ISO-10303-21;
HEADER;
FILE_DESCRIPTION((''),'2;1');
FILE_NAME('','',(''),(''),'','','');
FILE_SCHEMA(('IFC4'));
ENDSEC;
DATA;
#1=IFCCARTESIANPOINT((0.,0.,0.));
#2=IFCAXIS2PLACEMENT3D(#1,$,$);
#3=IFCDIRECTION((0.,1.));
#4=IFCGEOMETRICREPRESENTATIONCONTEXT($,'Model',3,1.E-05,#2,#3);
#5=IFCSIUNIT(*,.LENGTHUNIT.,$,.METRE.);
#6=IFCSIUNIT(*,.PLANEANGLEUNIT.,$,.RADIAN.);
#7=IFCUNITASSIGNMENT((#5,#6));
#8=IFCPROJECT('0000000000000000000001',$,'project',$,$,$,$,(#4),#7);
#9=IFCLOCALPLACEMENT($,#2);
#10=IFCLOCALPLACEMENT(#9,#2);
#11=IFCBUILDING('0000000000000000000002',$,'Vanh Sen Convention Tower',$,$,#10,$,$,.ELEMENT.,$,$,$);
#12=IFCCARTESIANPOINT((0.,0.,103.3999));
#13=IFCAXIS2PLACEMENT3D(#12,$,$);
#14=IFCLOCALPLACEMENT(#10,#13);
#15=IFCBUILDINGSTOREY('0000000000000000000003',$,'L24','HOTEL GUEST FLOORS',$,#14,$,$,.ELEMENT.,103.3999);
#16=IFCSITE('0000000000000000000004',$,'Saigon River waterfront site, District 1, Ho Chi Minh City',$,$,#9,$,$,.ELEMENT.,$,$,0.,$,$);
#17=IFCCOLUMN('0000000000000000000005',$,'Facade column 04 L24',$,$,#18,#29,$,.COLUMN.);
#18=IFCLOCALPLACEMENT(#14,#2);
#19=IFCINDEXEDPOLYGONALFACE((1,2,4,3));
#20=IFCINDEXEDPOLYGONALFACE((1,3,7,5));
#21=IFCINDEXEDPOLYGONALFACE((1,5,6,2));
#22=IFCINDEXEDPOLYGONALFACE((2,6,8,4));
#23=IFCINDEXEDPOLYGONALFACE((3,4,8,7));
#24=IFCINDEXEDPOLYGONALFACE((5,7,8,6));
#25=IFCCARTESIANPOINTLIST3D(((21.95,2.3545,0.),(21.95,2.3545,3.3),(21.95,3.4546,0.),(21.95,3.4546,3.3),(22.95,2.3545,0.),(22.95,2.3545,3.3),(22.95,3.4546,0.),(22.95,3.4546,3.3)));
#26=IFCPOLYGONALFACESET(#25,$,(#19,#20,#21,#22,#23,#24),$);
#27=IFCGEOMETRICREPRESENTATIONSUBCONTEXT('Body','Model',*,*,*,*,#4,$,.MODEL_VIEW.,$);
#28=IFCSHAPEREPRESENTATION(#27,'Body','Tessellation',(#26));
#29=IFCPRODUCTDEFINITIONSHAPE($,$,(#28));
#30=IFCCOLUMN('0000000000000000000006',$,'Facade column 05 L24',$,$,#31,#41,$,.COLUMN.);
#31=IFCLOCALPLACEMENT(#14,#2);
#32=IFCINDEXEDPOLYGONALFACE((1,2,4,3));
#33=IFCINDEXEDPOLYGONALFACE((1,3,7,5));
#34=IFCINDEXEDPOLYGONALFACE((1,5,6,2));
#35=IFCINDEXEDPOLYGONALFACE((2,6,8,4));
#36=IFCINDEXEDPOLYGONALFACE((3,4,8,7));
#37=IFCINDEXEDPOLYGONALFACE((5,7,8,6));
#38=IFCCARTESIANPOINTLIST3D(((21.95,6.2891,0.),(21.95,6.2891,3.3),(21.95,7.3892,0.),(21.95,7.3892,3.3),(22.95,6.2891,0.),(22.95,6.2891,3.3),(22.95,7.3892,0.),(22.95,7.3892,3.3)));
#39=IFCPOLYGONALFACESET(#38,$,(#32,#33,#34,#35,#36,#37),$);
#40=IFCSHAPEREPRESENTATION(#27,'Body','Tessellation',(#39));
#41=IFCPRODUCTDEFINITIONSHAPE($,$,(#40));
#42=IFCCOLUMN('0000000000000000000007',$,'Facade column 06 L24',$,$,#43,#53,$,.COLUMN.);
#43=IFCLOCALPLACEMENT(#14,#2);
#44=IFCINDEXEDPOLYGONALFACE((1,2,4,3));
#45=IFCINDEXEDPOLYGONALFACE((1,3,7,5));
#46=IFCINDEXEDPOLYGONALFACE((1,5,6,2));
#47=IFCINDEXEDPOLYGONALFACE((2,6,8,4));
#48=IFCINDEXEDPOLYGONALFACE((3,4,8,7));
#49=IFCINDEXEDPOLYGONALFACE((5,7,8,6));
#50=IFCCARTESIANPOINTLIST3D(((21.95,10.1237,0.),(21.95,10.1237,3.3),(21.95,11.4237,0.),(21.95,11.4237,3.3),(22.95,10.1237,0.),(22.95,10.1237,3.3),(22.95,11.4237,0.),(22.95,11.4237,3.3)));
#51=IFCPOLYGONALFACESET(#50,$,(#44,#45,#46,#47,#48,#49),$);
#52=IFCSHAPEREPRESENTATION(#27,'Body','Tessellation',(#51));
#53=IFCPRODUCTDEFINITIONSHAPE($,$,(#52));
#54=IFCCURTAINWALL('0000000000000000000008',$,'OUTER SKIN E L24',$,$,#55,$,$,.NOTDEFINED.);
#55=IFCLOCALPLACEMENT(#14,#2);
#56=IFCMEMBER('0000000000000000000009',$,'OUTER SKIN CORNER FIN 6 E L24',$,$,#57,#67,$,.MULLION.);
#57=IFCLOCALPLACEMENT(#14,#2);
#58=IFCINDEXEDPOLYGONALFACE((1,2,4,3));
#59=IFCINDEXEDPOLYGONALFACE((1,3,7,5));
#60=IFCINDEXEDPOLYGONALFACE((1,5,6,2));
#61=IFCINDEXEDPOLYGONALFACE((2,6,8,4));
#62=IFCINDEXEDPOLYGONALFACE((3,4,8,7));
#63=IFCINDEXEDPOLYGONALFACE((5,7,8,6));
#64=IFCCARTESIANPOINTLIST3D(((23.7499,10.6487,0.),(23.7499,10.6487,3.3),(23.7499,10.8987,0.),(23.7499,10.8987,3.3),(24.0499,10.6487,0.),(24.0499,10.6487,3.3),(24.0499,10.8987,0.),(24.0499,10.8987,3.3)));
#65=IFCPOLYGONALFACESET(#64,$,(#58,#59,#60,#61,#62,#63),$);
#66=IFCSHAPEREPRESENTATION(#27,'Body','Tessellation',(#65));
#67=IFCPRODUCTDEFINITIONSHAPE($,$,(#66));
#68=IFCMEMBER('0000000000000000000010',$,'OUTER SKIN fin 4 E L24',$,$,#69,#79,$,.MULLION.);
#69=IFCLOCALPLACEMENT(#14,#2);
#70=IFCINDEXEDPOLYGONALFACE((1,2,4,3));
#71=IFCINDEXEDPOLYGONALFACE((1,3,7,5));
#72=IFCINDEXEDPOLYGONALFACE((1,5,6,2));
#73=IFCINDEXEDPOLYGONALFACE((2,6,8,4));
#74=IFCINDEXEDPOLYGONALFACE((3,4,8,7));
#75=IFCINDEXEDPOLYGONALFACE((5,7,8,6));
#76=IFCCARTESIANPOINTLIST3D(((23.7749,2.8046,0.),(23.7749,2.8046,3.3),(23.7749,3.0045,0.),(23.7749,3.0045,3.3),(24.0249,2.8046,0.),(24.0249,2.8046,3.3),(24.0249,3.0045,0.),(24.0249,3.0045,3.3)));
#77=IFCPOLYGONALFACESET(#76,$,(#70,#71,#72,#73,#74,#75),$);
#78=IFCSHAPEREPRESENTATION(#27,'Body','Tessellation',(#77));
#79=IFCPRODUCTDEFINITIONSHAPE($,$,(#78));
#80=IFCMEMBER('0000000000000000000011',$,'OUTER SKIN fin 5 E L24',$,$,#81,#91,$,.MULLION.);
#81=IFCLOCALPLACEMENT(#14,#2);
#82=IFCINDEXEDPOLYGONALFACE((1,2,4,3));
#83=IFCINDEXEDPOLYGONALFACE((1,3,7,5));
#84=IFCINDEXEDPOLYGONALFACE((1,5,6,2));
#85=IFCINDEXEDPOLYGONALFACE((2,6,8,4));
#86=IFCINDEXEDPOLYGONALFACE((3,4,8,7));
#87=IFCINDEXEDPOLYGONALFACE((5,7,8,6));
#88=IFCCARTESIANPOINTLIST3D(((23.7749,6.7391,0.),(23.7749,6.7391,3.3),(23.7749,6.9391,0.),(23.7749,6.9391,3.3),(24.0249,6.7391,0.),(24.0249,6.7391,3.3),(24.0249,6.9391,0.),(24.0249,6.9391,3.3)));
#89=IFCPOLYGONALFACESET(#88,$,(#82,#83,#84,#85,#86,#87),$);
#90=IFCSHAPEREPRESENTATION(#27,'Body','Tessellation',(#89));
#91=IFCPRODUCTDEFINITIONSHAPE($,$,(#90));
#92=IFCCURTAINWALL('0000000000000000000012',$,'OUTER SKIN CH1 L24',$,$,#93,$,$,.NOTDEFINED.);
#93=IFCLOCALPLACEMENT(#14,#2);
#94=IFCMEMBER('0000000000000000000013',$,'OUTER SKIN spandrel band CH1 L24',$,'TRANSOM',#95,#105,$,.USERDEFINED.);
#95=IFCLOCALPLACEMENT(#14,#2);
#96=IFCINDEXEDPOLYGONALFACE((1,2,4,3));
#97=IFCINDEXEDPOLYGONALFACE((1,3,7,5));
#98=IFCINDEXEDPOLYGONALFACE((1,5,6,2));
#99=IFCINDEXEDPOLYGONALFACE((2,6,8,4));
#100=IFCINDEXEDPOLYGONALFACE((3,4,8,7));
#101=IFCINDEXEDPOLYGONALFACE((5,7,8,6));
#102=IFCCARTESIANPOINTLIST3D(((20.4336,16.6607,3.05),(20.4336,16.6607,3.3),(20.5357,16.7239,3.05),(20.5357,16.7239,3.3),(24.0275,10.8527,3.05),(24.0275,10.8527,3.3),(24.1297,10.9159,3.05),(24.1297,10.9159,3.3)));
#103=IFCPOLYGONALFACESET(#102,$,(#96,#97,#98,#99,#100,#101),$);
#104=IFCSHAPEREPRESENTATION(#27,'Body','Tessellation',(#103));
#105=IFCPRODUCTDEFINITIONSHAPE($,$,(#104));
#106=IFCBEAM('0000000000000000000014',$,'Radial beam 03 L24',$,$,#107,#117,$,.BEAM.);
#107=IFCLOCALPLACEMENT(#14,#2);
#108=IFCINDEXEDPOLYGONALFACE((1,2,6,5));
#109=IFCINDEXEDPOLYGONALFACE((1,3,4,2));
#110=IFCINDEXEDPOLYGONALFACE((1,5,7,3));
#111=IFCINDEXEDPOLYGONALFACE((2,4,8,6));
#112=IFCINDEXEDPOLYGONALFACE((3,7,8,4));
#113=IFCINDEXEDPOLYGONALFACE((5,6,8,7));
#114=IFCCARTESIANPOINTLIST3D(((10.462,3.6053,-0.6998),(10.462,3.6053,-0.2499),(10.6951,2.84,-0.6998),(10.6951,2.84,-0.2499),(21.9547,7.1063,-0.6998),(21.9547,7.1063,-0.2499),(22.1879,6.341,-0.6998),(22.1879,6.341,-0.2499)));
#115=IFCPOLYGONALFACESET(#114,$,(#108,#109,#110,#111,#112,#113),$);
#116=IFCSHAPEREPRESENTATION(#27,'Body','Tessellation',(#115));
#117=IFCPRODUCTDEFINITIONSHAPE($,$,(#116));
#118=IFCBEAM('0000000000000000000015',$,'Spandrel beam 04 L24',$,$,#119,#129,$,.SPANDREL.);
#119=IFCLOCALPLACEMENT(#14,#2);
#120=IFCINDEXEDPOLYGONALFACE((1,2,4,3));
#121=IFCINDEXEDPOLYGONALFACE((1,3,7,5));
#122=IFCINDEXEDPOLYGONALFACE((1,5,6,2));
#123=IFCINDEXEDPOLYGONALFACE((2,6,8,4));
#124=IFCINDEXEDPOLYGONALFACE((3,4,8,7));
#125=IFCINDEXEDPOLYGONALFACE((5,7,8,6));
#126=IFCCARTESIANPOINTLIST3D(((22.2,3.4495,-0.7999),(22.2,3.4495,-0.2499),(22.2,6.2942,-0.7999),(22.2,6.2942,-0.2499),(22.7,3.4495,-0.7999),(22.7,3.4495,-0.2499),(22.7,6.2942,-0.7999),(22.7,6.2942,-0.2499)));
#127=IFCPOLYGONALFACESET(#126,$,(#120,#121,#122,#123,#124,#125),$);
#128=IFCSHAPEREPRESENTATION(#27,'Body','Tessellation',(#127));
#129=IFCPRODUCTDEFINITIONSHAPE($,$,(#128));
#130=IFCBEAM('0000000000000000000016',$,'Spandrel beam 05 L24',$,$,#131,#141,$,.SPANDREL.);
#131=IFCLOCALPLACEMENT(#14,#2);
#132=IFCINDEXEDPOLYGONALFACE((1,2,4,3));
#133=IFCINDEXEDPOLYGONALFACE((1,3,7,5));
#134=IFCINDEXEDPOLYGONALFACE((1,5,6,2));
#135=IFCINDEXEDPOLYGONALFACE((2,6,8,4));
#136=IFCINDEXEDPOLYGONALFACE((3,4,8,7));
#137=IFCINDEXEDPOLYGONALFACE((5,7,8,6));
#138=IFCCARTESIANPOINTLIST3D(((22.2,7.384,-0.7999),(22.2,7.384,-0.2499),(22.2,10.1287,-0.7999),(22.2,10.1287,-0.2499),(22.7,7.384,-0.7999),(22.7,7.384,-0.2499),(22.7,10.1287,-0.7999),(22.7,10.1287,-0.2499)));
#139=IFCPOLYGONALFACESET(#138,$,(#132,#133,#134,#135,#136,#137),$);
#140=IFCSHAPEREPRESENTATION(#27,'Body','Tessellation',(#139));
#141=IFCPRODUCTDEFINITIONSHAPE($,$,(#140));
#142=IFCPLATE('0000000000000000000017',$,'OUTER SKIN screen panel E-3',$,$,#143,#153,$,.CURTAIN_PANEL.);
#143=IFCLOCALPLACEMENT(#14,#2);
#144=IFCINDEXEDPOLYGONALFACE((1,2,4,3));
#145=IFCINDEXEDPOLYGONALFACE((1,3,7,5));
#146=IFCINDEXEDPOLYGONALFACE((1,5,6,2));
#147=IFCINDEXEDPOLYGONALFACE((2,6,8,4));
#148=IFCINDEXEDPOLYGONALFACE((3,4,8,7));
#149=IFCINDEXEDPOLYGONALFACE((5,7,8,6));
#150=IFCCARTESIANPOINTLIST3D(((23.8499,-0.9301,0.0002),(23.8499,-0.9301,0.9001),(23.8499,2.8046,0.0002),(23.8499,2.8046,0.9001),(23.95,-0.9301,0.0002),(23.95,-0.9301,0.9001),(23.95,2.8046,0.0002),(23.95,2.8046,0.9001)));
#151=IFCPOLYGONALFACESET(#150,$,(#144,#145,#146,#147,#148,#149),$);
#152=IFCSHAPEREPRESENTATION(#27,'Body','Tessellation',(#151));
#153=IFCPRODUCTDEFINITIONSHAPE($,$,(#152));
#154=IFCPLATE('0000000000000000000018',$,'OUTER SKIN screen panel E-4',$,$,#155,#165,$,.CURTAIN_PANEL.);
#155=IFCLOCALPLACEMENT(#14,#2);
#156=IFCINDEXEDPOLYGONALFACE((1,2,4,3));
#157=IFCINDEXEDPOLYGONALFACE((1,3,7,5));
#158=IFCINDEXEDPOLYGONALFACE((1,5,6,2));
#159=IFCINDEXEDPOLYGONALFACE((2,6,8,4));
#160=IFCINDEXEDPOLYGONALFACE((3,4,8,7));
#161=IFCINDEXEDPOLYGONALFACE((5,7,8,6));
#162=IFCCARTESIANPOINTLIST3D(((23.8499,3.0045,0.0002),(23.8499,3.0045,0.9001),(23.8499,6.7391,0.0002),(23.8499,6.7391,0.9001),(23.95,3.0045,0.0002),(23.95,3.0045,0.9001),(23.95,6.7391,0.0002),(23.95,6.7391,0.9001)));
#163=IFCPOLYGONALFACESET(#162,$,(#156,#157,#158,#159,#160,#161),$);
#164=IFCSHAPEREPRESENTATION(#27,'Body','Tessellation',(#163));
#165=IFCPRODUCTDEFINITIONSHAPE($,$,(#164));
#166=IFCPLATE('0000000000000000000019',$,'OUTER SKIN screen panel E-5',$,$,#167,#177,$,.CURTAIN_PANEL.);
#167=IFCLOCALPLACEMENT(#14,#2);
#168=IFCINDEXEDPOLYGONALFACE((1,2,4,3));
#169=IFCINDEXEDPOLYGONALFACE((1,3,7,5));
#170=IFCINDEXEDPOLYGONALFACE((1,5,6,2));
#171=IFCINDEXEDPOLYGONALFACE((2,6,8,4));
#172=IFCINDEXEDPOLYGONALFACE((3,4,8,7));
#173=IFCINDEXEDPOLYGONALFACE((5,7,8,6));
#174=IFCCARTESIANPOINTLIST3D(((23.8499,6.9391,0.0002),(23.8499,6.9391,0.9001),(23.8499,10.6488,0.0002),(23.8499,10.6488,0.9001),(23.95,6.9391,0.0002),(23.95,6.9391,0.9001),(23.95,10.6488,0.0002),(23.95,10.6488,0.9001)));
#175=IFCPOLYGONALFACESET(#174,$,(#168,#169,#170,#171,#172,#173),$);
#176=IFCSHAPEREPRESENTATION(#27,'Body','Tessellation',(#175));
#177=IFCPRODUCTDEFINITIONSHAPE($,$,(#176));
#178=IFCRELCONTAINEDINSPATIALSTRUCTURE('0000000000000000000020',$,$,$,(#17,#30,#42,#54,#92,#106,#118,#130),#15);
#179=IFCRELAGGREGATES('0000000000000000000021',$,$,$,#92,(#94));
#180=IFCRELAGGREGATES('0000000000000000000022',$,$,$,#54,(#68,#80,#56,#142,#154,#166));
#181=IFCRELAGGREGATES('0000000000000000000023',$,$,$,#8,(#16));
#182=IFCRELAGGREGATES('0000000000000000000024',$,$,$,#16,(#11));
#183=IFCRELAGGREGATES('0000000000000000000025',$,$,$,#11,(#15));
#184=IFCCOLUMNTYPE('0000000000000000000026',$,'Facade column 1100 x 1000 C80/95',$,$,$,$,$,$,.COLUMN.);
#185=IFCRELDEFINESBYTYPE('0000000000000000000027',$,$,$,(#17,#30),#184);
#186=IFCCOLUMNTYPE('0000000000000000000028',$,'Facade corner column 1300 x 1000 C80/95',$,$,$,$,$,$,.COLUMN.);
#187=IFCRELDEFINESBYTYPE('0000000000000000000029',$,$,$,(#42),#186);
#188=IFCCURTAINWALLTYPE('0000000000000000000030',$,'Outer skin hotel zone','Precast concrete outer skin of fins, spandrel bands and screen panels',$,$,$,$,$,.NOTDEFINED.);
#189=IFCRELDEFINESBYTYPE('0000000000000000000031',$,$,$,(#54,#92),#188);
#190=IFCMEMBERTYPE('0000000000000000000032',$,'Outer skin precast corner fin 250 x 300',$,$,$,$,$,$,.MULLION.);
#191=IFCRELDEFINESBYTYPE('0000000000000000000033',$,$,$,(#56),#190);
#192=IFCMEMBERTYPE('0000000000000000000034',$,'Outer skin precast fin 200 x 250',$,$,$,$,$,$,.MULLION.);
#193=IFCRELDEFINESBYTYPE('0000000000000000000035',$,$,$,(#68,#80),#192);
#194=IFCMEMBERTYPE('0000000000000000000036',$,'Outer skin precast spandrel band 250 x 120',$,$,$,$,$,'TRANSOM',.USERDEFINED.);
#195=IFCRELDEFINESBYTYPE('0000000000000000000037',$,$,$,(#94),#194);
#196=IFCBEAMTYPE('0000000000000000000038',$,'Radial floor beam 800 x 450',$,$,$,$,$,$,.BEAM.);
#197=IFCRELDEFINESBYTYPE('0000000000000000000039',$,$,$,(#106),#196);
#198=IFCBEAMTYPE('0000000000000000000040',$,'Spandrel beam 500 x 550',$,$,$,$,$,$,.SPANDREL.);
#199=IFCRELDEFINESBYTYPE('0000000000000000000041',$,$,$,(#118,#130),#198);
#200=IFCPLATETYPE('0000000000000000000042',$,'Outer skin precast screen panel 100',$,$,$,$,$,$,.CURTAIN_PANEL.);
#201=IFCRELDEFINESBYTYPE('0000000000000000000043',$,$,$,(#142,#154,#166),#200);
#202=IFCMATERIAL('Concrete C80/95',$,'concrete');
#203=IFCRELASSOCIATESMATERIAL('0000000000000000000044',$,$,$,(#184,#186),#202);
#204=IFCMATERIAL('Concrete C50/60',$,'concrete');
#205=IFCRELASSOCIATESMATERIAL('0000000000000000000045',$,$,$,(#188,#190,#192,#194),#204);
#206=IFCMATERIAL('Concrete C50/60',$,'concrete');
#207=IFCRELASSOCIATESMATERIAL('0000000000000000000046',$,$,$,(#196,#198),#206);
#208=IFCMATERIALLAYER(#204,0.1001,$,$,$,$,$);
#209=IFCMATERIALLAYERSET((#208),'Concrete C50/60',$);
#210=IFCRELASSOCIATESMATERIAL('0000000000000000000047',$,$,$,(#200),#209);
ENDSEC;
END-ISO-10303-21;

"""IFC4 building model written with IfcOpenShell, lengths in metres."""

from ifc_helpers import new_model, si_unit, direction, frame, origin, origin_2d, place, context, subcontext, project, spatial, rectangle, extrude, material, layer, layer_set, material_profile, profile_set, type_object, element, aggregate, save


model = new_model("IFC4")

# Units and contexts
model_context = context("Model", 3, precision=1e-05, world=origin(), true_north=direction((0.0, 1.0)))
body_context = subcontext(model_context, "Body", "Model", "MODEL_VIEW")
ifc_project = project(units=[si_unit("LENGTHUNIT", "METRE"), si_unit("PLANEANGLEUNIT", "RADIAN")], contexts=[model_context])

# Site, building, storey
site_placement = place(None, origin())
site = spatial("IfcSite", under=ifc_project, at=site_placement, Name="Saigon River waterfront site, District 1, Ho Chi Minh City", CompositionType="ELEMENT", RefElevation=0.0)
building_placement = place(site_placement, origin())
building = spatial("IfcBuilding", under=site, at=building_placement, Name="Vanh Sen Convention Tower", CompositionType="ELEMENT")
storey_placement = place(building_placement, frame((0.0, 0.0, 103.3999)))
storey = spatial("IfcBuildingStorey", under=building, at=storey_placement, Name="L24", Description="HOTEL GUEST FLOORS", CompositionType="ELEMENT", Elevation=103.3999)

# Columns
ifc_material_1 = material(Name="Concrete C80/95", Category="concrete")
ifc_material_profile_1 = material_profile(ifc_material_1, rectangle(XDim=1.1001, YDim=1.0, at=origin_2d()), Name="RC 1100X1000")
ifc_profile_set_1 = profile_set([ifc_material_profile_1], Name="Concrete C80/95")
column_type_1 = type_object("IfcColumnType", Name="Facade column 1100 x 1000 C80/95", PredefinedType="COLUMN", material=ifc_profile_set_1)
for number, where, z_axis, x_axis, name in (
    (1, (22.45, 2.9045, 0.0), (0.0, 0.0, 1.0), (0.0, 1.0, 0.0), "Facade column 04 L24"),
    (2, (22.45, 6.8391, 0.0), (0.0, 0.0, 1.0), (0.0, 1.0, 0.0), "Facade column 05 L24"),
):
    element("IfcColumn", number, at=place(storey_placement, frame(where, z_axis=z_axis, x_axis=x_axis)), inside=storey, type_object=column_type_1, Name=name, PredefinedType="COLUMN", context=body_context, shape_type="SweptSolid", body=[
        extrude(rectangle(XDim=1.1001, YDim=1.0, at=origin_2d()), origin(), (0.0, 0.0, 1.0), 3.3),
    ])
ifc_material_profile_2 = material_profile(ifc_material_1, rectangle(XDim=1.3, YDim=1.0, at=origin_2d()), Name="RC 1300X1000")
ifc_profile_set_2 = profile_set([ifc_material_profile_2], Name="Concrete C80/95")
column_type_2 = type_object("IfcColumnType", Name="Facade corner column 1300 x 1000 C80/95", PredefinedType="COLUMN", material=ifc_profile_set_2)
column_placement = place(storey_placement, frame((22.45, 10.7737, 0.0), z_axis=(0.0, 0.0, 1.0), x_axis=(0.0, 1.0, 0.0)))
element("IfcColumn", 3, at=column_placement, inside=storey, type_object=column_type_2, Name="Facade column 06 L24", PredefinedType="COLUMN", context=body_context, shape_type="SweptSolid", body=[
    extrude(rectangle(XDim=1.3, YDim=1.0, at=origin_2d()), origin(), (0.0, 0.0, 1.0), 3.3),
])

# Curtain wall, members
ifc_material_2 = material(Name="Concrete C50/60", Category="concrete")
curtain_wall_type = type_object("IfcCurtainWallType", Name="Outer skin hotel zone", Description="Precast concrete outer skin of fins, spandrel bands and screen panels", PredefinedType="NOTDEFINED", material=ifc_material_2)
curtain_wall_1_placement = place(storey_placement, origin())
curtain_wall_1 = element("IfcCurtainWall", 4, at=curtain_wall_1_placement, inside=storey, type_object=curtain_wall_type, Name="OUTER SKIN E L24", PredefinedType="NOTDEFINED")
ifc_material_profile_3 = material_profile(ifc_material_2, rectangle(XDim=0.25, YDim=0.3, at=origin_2d()), Name="Outer skin precast corner fin 250 x 300")
ifc_profile_set_3 = profile_set([ifc_material_profile_3], Name="Concrete C50/60")
member_type_1 = type_object("IfcMemberType", Name="Outer skin precast corner fin 250 x 300", PredefinedType="MULLION", material=ifc_profile_set_3)
member_1_placement = place(storey_placement, frame((23.8999, 10.7737, 0.0), z_axis=(0.0, 0.0, 1.0), x_axis=(0.0, 1.0, 0.0)))
member_1 = element("IfcMember", 5, at=member_1_placement, type_object=member_type_1, Name="OUTER SKIN CORNER FIN 6 E L24", PredefinedType="MULLION", context=body_context, shape_type="SweptSolid", body=[
    extrude(rectangle(XDim=0.25, YDim=0.3, at=origin_2d()), origin(), (0.0, 0.0, 1.0), 3.3),
])
ifc_material_profile_4 = material_profile(ifc_material_2, rectangle(XDim=0.2, YDim=0.25, at=origin_2d()), Name="Outer skin precast fin 200 x 250")
ifc_profile_set_4 = profile_set([ifc_material_profile_4], Name="Concrete C50/60")
member_type_2 = type_object("IfcMemberType", Name="Outer skin precast fin 200 x 250", PredefinedType="MULLION", material=ifc_profile_set_4)
member_2_placement = place(storey_placement, frame((23.8999, 2.9045, 0.0), z_axis=(0.0, 0.0, 1.0), x_axis=(0.0, 1.0, 0.0)))
member_2 = element("IfcMember", 6, at=member_2_placement, type_object=member_type_2, Name="OUTER SKIN fin 4 E L24", PredefinedType="MULLION", context=body_context, shape_type="SweptSolid", body=[
    extrude(rectangle(XDim=0.2, YDim=0.25, at=origin_2d()), origin(), (0.0, 0.0, 1.0), 3.3),
])
member_3_placement = place(storey_placement, frame((23.8999, 6.8391, 0.0), z_axis=(0.0, 0.0, 1.0), x_axis=(0.0, 1.0, 0.0)))
member_3 = element("IfcMember", 7, at=member_3_placement, type_object=member_type_2, Name="OUTER SKIN fin 5 E L24", PredefinedType="MULLION", context=body_context, shape_type="SweptSolid", body=[
    extrude(rectangle(XDim=0.2, YDim=0.25, at=origin_2d()), origin(), (0.0, 0.0, 1.0), 3.3),
])

# Curtain wall, member
curtain_wall_2_placement = place(storey_placement, origin())
curtain_wall_2 = element("IfcCurtainWall", 8, at=curtain_wall_2_placement, inside=storey, type_object=curtain_wall_type, Name="OUTER SKIN CH1 L24", PredefinedType="NOTDEFINED")
ifc_material_profile_5 = material_profile(ifc_material_2, rectangle(XDim=0.1201, YDim=0.25, at=origin_2d()), Name="Outer skin precast spandrel band 250 x 120")
ifc_profile_set_5 = profile_set([ifc_material_profile_5], Name="Concrete C50/60")
member_type_3 = type_object("IfcMemberType", Name="Outer skin precast spandrel band 250 x 120", ElementType="TRANSOM", PredefinedType="USERDEFINED", material=ifc_profile_set_5)
member_4_placement = place(storey_placement, frame((24.0786, 10.8843, 3.175), z_axis=(-0.526196, 0.850363, 0.0), x_axis=(-0.850363, -0.526196, 0.0)))
member_4 = element("IfcMember", 9, at=member_4_placement, type_object=member_type_3, Name="OUTER SKIN spandrel band CH1 L24", ObjectType="TRANSOM", PredefinedType="USERDEFINED", context=body_context, shape_type="SweptSolid", body=[
    extrude(rectangle(XDim=0.1201, YDim=0.25, at=origin_2d()), origin(), (0.0, 0.0, 1.0), 6.8301),
])
aggregate(curtain_wall_2, [member_4])

# Beams
ifc_material_3 = material(Name="Concrete C50/60", Category="concrete")
ifc_material_profile_6 = material_profile(ifc_material_3, rectangle(XDim=0.8, YDim=0.45, at=origin_2d()), Name="RC 800X450")
ifc_profile_set_6 = profile_set([ifc_material_profile_6], Name="Concrete C50/60")
beam_type_1 = type_object("IfcBeamType", Name="Radial floor beam 800 x 450", PredefinedType="BEAM", material=ifc_profile_set_6)
beam_1_placement = place(storey_placement, frame((22.0713, 6.7236, -0.4749), z_axis=(-0.9566, -0.291406, 0.0), x_axis=(0.291406, -0.9566, 0.0)))
element("IfcBeam", 10, at=beam_1_placement, inside=storey, type_object=beam_type_1, Name="Radial beam 03 L24", PredefinedType="BEAM", context=body_context, shape_type="SweptSolid", body=[
    extrude(rectangle(XDim=0.8, YDim=0.45, at=origin_2d()), origin(), (0.0, 0.0, 1.0), 12.0142),
])
ifc_material_profile_7 = material_profile(ifc_material_3, rectangle(XDim=0.5, YDim=0.55, at=origin_2d()), Name="RC 500X550")
ifc_profile_set_7 = profile_set([ifc_material_profile_7], Name="Concrete C50/60")
beam_type_2 = type_object("IfcBeamType", Name="Spandrel beam 500 x 550", PredefinedType="SPANDREL", material=ifc_profile_set_7)
beam_2_placement = place(storey_placement, frame((22.45, 3.4495, -0.5249), z_axis=(0.0, 1.0, 0.0), x_axis=(-1.0, 0.0, 0.0)))
element("IfcBeam", 11, at=beam_2_placement, inside=storey, type_object=beam_type_2, Name="Spandrel beam 04 L24", PredefinedType="SPANDREL", context=body_context, shape_type="SweptSolid", body=[
    extrude(rectangle(XDim=0.5, YDim=0.55, at=origin_2d()), origin(), (0.0, 0.0, 1.0), 2.8447),
])
beam_3_placement = place(storey_placement, frame((22.45, 7.384, -0.5249), z_axis=(0.0, 1.0, 0.0), x_axis=(-1.0, 0.0, 0.0)))
element("IfcBeam", 12, at=beam_3_placement, inside=storey, type_object=beam_type_2, Name="Spandrel beam 05 L24", PredefinedType="SPANDREL", context=body_context, shape_type="SweptSolid", body=[
    extrude(rectangle(XDim=0.5, YDim=0.55, at=origin_2d()), origin(), (0.0, 0.0, 1.0), 2.7446),
])

# Plates
ifc_layer_1 = layer(ifc_material_2, 0.1001)
ifc_layer_set_1 = layer_set([ifc_layer_1], Name="Concrete C50/60")
plate_type = type_object("IfcPlateType", Name="Outer skin precast screen panel 100", PredefinedType="CURTAIN_PANEL", material=ifc_layer_set_1)
plate_1_placement = place(storey_placement, frame((23.8999, 0.9373, 0.0002), z_axis=(0.0, 0.0, 1.0), x_axis=(0.0, 1.0, 0.0)))
plate_1 = element("IfcPlate", 13, at=plate_1_placement, type_object=plate_type, Name="OUTER SKIN screen panel E-3", PredefinedType="CURTAIN_PANEL", context=body_context, shape_type="SweptSolid", body=[
    extrude(rectangle(XDim=3.7346, YDim=0.1001, at=origin_2d()), origin(), (0.0, 0.0, 1.0), 0.8999),
])
plate_2_placement = place(storey_placement, frame((23.8999, 4.8718, 0.0002), z_axis=(0.0, 0.0, 1.0), x_axis=(0.0, 1.0, 0.0)))
plate_2 = element("IfcPlate", 14, at=plate_2_placement, type_object=plate_type, Name="OUTER SKIN screen panel E-4", PredefinedType="CURTAIN_PANEL", context=body_context, shape_type="SweptSolid", body=[
    extrude(rectangle(XDim=3.7346, YDim=0.1001, at=origin_2d()), origin(), (0.0, 0.0, 1.0), 0.8999),
])
plate_3_placement = place(storey_placement, frame((23.8999, 8.7939, 0.0002), z_axis=(0.0, 0.0, 1.0), x_axis=(0.0, 1.0, 0.0)))
plate_3 = element("IfcPlate", 15, at=plate_3_placement, type_object=plate_type, Name="OUTER SKIN screen panel E-5", PredefinedType="CURTAIN_PANEL", context=body_context, shape_type="SweptSolid", body=[
    extrude(rectangle(XDim=3.7097, YDim=0.1001, at=origin_2d()), origin(), (0.0, 0.0, 1.0), 0.8999),
])
aggregate(curtain_wall_1, [member_2, member_3, member_1, plate_1, plate_2, plate_3])

save(model, "model.ifc")
